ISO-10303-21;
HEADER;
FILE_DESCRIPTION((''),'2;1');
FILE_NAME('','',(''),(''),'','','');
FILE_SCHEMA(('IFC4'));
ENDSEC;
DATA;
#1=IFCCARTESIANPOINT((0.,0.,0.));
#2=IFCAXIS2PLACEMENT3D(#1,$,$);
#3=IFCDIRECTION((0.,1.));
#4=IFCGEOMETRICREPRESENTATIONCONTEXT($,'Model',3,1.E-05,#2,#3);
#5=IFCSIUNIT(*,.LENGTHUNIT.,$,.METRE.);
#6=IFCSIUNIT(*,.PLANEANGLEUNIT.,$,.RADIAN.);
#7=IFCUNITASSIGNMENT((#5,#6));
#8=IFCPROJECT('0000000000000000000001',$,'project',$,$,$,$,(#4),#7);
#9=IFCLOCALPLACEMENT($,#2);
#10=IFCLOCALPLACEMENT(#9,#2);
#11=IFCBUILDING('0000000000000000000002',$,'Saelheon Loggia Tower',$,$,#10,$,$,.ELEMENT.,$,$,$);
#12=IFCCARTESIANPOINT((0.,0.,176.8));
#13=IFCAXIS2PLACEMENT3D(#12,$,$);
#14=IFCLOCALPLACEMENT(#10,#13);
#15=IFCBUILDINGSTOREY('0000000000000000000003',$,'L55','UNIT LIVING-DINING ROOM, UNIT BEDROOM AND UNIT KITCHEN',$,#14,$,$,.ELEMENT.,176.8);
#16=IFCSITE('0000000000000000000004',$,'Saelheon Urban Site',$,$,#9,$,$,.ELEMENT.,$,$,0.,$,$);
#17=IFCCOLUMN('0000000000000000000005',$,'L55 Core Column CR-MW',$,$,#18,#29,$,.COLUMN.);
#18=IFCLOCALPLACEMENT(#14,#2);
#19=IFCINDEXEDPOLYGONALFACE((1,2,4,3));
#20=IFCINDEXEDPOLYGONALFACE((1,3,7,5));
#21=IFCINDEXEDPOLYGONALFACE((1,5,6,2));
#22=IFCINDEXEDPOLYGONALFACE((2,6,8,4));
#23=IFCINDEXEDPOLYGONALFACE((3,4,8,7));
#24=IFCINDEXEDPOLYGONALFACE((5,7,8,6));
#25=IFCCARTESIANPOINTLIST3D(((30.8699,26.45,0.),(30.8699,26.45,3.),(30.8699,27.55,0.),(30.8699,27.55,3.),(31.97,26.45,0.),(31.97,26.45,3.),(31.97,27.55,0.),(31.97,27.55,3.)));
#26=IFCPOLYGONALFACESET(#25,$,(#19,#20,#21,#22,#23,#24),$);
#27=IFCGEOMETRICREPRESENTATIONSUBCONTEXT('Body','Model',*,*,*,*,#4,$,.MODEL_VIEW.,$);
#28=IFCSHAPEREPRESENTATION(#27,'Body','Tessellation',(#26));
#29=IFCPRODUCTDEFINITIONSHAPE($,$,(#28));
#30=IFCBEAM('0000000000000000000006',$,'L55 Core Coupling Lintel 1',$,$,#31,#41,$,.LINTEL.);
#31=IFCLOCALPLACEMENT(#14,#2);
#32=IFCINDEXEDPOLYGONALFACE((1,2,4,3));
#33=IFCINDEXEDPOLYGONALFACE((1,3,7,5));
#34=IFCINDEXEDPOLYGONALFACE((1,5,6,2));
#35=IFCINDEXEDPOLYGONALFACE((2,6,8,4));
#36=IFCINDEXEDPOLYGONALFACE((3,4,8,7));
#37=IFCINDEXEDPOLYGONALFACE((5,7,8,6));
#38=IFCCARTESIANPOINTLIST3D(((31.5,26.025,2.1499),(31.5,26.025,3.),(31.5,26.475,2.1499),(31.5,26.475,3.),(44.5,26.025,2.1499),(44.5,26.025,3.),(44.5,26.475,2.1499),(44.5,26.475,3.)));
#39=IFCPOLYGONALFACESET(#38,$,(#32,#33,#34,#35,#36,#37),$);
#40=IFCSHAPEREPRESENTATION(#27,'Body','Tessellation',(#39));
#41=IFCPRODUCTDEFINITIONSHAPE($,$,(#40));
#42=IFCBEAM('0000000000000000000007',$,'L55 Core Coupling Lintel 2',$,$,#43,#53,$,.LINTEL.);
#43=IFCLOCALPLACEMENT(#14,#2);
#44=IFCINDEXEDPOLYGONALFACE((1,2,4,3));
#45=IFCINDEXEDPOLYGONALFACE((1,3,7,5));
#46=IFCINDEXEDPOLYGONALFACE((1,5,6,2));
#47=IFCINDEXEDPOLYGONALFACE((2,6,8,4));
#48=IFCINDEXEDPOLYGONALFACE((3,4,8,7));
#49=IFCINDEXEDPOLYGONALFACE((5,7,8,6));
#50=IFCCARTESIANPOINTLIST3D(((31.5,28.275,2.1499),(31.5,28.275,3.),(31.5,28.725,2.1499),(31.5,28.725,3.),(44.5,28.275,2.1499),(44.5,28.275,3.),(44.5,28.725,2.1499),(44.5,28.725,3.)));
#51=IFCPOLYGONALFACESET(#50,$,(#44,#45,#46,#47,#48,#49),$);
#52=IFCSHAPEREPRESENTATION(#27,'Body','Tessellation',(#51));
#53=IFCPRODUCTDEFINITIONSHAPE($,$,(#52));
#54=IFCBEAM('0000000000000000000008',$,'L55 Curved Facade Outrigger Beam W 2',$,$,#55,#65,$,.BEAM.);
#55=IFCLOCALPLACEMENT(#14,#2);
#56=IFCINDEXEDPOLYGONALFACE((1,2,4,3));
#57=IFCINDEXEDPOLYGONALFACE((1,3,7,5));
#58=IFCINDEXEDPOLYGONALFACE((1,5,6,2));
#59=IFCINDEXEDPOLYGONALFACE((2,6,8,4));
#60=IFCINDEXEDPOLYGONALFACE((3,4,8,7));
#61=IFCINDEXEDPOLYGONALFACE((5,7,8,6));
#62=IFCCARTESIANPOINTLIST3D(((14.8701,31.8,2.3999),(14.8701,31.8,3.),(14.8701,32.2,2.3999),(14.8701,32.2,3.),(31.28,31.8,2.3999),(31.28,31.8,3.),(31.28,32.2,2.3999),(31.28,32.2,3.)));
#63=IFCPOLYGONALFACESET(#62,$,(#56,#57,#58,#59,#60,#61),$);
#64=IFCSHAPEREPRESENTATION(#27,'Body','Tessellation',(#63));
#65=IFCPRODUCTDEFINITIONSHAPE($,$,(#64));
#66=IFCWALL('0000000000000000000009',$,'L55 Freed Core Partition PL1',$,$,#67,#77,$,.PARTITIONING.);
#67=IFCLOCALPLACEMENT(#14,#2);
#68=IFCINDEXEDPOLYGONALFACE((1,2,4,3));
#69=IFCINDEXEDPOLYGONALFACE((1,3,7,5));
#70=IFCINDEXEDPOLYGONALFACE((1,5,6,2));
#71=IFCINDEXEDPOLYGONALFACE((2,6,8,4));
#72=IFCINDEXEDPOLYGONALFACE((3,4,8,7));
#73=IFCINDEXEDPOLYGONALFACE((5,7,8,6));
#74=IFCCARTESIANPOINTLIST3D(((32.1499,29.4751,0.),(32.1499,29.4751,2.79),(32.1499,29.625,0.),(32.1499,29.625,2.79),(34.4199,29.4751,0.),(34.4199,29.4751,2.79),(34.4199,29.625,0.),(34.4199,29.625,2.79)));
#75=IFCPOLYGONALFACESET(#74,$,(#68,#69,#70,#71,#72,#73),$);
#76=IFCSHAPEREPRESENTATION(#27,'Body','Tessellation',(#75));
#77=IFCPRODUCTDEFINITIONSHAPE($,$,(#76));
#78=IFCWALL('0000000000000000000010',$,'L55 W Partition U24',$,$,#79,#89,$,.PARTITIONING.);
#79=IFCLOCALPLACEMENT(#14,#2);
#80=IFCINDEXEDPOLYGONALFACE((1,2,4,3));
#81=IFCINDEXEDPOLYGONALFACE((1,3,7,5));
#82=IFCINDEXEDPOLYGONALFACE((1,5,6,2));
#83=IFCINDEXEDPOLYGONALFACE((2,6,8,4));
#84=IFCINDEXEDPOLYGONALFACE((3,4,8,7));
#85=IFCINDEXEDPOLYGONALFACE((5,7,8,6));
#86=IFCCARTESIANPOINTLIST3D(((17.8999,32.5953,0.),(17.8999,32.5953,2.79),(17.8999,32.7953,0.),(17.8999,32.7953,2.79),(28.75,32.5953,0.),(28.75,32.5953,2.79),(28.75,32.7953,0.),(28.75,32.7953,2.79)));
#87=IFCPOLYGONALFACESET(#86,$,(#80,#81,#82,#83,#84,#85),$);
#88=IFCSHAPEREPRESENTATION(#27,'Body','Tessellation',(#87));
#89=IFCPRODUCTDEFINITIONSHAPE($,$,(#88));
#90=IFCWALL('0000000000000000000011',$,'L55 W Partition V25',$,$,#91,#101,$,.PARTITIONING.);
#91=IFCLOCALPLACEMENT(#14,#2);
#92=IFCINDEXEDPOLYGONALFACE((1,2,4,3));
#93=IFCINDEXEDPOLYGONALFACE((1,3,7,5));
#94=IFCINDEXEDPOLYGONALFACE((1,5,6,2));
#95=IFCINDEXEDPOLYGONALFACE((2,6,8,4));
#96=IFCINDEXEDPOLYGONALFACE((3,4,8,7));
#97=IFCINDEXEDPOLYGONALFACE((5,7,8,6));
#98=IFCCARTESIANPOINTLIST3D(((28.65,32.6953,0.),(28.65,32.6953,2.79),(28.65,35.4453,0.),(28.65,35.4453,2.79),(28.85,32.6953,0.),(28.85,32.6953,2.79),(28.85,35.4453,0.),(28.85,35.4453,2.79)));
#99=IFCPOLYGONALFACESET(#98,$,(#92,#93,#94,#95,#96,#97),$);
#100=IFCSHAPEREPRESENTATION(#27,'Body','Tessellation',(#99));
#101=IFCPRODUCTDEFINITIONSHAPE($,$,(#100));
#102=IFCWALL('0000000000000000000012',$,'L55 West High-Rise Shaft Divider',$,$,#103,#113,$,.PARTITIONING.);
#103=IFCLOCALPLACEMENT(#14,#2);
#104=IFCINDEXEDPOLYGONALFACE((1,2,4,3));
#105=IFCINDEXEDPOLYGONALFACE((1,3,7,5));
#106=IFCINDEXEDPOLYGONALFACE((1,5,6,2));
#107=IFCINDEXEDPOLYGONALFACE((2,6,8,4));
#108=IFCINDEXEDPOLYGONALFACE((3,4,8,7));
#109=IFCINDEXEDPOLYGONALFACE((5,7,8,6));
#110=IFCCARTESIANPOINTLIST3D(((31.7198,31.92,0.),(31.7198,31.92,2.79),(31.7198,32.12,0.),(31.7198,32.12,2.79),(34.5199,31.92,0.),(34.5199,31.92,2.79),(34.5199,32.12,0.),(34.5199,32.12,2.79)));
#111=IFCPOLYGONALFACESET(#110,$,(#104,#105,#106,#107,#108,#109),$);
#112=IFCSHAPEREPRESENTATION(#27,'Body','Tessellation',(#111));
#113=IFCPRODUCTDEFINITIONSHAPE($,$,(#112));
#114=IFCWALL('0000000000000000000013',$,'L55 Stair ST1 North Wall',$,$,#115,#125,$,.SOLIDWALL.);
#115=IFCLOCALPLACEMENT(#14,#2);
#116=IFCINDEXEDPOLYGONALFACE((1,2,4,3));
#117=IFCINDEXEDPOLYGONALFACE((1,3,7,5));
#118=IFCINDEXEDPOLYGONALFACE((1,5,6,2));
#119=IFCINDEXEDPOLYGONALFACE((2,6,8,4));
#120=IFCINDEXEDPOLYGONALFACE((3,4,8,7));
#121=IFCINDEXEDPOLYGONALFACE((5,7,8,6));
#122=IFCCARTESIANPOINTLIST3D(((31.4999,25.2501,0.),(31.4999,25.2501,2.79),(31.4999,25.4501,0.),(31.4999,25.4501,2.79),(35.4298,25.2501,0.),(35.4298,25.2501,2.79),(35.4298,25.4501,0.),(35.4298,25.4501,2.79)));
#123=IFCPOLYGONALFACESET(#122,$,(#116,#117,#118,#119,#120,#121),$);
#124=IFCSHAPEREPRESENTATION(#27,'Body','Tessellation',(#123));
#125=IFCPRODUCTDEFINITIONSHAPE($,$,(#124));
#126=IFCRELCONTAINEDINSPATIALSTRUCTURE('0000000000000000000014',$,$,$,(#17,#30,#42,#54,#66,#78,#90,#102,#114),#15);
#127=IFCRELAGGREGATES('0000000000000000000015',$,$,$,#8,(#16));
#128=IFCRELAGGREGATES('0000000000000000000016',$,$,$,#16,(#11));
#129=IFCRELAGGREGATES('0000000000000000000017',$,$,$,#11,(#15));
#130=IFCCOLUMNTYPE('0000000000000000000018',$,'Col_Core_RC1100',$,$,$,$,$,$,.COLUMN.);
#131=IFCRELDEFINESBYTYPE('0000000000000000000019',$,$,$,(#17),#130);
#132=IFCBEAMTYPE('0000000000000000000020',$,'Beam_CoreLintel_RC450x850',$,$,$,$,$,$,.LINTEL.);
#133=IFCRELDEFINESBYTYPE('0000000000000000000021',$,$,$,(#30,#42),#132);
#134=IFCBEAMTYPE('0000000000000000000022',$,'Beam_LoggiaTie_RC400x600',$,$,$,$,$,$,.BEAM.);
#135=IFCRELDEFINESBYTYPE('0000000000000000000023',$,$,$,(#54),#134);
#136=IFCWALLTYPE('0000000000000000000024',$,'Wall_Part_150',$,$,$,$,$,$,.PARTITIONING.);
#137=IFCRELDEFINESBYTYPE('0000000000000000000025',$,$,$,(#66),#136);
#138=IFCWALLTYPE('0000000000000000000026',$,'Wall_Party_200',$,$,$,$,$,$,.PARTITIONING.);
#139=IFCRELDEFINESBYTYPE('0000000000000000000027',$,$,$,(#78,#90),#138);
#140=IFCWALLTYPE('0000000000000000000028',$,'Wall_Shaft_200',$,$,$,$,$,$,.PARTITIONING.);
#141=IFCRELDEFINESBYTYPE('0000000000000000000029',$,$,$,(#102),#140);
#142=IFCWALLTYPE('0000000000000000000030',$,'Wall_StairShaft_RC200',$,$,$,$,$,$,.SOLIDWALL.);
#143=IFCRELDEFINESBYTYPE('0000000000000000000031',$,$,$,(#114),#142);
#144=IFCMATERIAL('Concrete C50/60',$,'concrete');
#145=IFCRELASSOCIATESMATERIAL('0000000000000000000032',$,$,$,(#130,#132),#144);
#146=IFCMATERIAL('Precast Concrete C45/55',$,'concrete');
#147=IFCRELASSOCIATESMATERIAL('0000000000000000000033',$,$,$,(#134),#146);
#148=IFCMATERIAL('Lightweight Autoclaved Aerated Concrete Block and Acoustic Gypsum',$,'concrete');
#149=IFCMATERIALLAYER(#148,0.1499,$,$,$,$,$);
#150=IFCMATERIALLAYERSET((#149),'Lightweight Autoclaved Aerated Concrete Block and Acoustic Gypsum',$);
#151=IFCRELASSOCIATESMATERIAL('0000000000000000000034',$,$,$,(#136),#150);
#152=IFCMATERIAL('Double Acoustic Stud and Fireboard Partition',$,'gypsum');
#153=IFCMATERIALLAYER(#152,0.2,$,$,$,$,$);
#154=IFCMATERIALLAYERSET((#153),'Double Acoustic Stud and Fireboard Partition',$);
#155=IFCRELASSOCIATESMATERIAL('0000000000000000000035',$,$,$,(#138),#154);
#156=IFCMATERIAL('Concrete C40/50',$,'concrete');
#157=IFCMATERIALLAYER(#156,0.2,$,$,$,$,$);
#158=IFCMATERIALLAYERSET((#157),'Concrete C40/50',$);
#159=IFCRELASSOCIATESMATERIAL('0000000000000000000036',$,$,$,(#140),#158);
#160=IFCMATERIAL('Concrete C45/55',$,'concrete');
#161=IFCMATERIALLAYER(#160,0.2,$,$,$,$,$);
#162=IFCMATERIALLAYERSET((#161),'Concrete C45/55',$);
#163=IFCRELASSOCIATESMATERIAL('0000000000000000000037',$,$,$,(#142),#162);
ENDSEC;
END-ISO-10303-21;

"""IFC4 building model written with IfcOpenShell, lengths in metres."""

from ifc_helpers import new_model, si_unit, direction, frame, frame_2d, origin, origin_2d, place, context, subcontext, project, spatial, rectangle, extrude, source, transform, mapped, material, layer, layer_set, material_profile, profile_set, type_object, element, save


model = new_model("IFC4")

# Units and contexts
model_context = context("Model", 3, precision=1e-05, world=origin(), true_north=direction((0.0, 1.0)))
body_context = subcontext(model_context, "Body", "Model", "MODEL_VIEW")
ifc_project = project(units=[si_unit("LENGTHUNIT", "METRE"), si_unit("PLANEANGLEUNIT", "RADIAN")], contexts=[model_context])

# Site, building, storey
site_placement = place(None, origin())
site = spatial("IfcSite", under=ifc_project, at=site_placement, Name="Saelheon Urban Site", CompositionType="ELEMENT", RefElevation=0.0)
building_placement = place(site_placement, origin())
building = spatial("IfcBuilding", under=site, at=building_placement, Name="Saelheon Loggia Tower", CompositionType="ELEMENT")
storey_placement = place(building_placement, frame((0.0, 0.0, 176.8)))
storey = spatial("IfcBuildingStorey", under=building, at=storey_placement, Name="L55", Description="UNIT LIVING-DINING ROOM, UNIT BEDROOM AND UNIT KITCHEN", CompositionType="ELEMENT", Elevation=176.8)

# Column
ifc_material_1 = material(Name="Concrete C50/60", Category="concrete")
ifc_material_profile_1 = material_profile(ifc_material_1, rectangle(XDim=1.1001, YDim=1.1001, at=origin_2d()), Name="RC-1100x1100")
ifc_profile_set_1 = profile_set([ifc_material_profile_1], Name="Concrete C50/60")
column_type = type_object("IfcColumnType", Name="Col_Core_RC1100", PredefinedType="COLUMN", material=ifc_profile_set_1)
shared_shape_1 = source(origin(), body_context, "Body", "SweptSolid", [
    extrude(rectangle(XDim=1.1001, YDim=1.1001, at=origin_2d()), origin(), (0.0, 0.0, 1.0), 3.0),
])
column_placement = place(storey_placement, frame((31.4199, 27.0, 0.0), z_axis=(0.0, 0.0, 1.0), x_axis=(1.0, 0.0, 0.0)))
element("IfcColumn", 1, at=column_placement, inside=storey, type_object=column_type, Name="L55 Core Column CR-MW", PredefinedType="COLUMN", context=body_context, shape_type="MappedRepresentation", body=[
    mapped(shared_shape_1, transform((0.0, 0.0, 0.0), scale=1.0)),
])

# Beams
ifc_material_profile_2 = material_profile(ifc_material_1, rectangle(XDim=0.45, YDim=0.8501, at=origin_2d()), Name="RC-450x850")
ifc_profile_set_2 = profile_set([ifc_material_profile_2], Name="Concrete C50/60")
beam_type_1 = type_object("IfcBeamType", Name="Beam_CoreLintel_RC450x850", PredefinedType="LINTEL", material=ifc_profile_set_2)
shared_shape_2 = source(origin(), body_context, "Body", "SweptSolid", [
    extrude(rectangle(XDim=0.45, YDim=0.8501, at=origin_2d()), origin(), (0.0, 0.0, 1.0), 13.0),
])
for number, where, z_axis, x_axis, name in (
    (2, (31.5, 26.25, 2.575), (1.0, 0.0, 0.0), (0.0, 1.0, 0.0), "L55 Core Coupling Lintel 1"),
    (3, (31.5, 28.5, 2.575), (1.0, 0.0, 0.0), (0.0, 1.0, 0.0), "L55 Core Coupling Lintel 2"),
):
    element("IfcBeam", number, at=place(storey_placement, frame(where, z_axis=z_axis, x_axis=x_axis)), inside=storey, type_object=beam_type_1, Name=name, PredefinedType="LINTEL", context=body_context, shape_type="MappedRepresentation", body=[
        mapped(shared_shape_2, transform((0.0, 0.0, 0.0), scale=1.0)),
    ])
ifc_material_2 = material(Name="Precast Concrete C45/55", Category="concrete")
ifc_material_profile_3 = material_profile(ifc_material_2, rectangle(XDim=0.3999, YDim=0.6001, at=origin_2d()), Name="RC-400x600")
ifc_profile_set_3 = profile_set([ifc_material_profile_3], Name="Precast Concrete C45/55")
beam_type_2 = type_object("IfcBeamType", Name="Beam_LoggiaTie_RC400x600", PredefinedType="BEAM", material=ifc_profile_set_3)
shared_shape_3 = source(origin(), body_context, "Body", "SweptSolid", [
    extrude(rectangle(XDim=0.3999, YDim=0.6001, at=origin_2d()), origin(), (0.0, 0.0, 1.0), 16.4099),
])
beam_placement = place(storey_placement, frame((31.28, 32.0, 2.7), z_axis=(-1.0, 0.0, 0.0), x_axis=(0.0, -1.0, 0.0)))
element("IfcBeam", 4, at=beam_placement, inside=storey, type_object=beam_type_2, Name="L55 Curved Facade Outrigger Beam W 2", PredefinedType="BEAM", context=body_context, shape_type="MappedRepresentation", body=[
    mapped(shared_shape_3, transform((0.0, 0.0, 0.0), scale=1.0)),
])

# Walls
ifc_material_3 = material(Name="Lightweight Autoclaved Aerated Concrete Block and Acoustic Gypsum", Category="concrete")
ifc_layer_1 = layer(ifc_material_3, 0.1499)
ifc_layer_set_1 = layer_set([ifc_layer_1], Name="Lightweight Autoclaved Aerated Concrete Block and Acoustic Gypsum")
wall_type_1 = type_object("IfcWallType", Name="Wall_Part_150", PredefinedType="PARTITIONING", material=ifc_layer_set_1)
wall_1_placement = place(storey_placement, frame((32.1499, 29.55, 0.0), z_axis=(0.0, 0.0, 1.0), x_axis=(1.0, 0.0, 0.0)))
element("IfcWall", 5, at=wall_1_placement, inside=storey, type_object=wall_type_1, Name="L55 Freed Core Partition PL1", PredefinedType="PARTITIONING", context=body_context, shape_type="SweptSolid", body=[
    extrude(rectangle(XDim=2.27, YDim=0.1499, at=frame_2d((1.135, 0.0))), origin(), (0.0, 0.0, 1.0), 2.79),
])
ifc_material_4 = material(Name="Double Acoustic Stud and Fireboard Partition", Category="gypsum")
ifc_layer_2 = layer(ifc_material_4, 0.2)
ifc_layer_set_2 = layer_set([ifc_layer_2], Name="Double Acoustic Stud and Fireboard Partition")
wall_type_2 = type_object("IfcWallType", Name="Wall_Party_200", PredefinedType="PARTITIONING", material=ifc_layer_set_2)
wall_2_placement = place(storey_placement, frame((28.75, 32.6953, 0.0), z_axis=(0.0, 0.0, 1.0), x_axis=(-1.0, 0.0, 0.0)))
element("IfcWall", 6, at=wall_2_placement, inside=storey, type_object=wall_type_2, Name="L55 W Partition U24", PredefinedType="PARTITIONING", context=body_context, shape_type="SweptSolid", body=[
    extrude(rectangle(XDim=10.8501, YDim=0.2, at=frame_2d((5.425, 0.0))), origin(), (0.0, 0.0, 1.0), 2.79),
])
wall_3_placement = place(storey_placement, frame((28.75, 32.6953, 0.0), z_axis=(0.0, 0.0, 1.0), x_axis=(0.0, 1.0, 0.0)))
element("IfcWall", 7, at=wall_3_placement, inside=storey, type_object=wall_type_2, Name="L55 W Partition V25", PredefinedType="PARTITIONING", context=body_context, shape_type="SweptSolid", body=[
    extrude(rectangle(XDim=2.75, YDim=0.2, at=frame_2d((1.375, 0.0))), origin(), (0.0, 0.0, 1.0), 2.79),
])

# Shared definitions
ifc_material_5 = material(Name="Concrete C40/50", Category="concrete")
ifc_layer_3 = layer(ifc_material_5, 0.2)
ifc_layer_set_3 = layer_set([ifc_layer_3], Name="Concrete C40/50")
wall_type_3 = type_object("IfcWallType", Name="Wall_Shaft_200", PredefinedType="PARTITIONING", material=ifc_layer_set_3)

# Walls
wall_4_placement = place(storey_placement, frame((31.72, 32.02, 0.0), z_axis=(0.0, 0.0, 1.0), x_axis=(1.0, 0.0, 0.0)))
element("IfcWall", 8, at=wall_4_placement, inside=storey, type_object=wall_type_3, Name="L55 West High-Rise Shaft Divider", PredefinedType="PARTITIONING", context=body_context, shape_type="SweptSolid", body=[
    extrude(rectangle(XDim=2.8, YDim=0.2, at=frame_2d((1.3999, 0.0))), origin(), (0.0, 0.0, 1.0), 2.79),
])
ifc_material_6 = material(Name="Concrete C45/55", Category="concrete")
ifc_layer_4 = layer(ifc_material_6, 0.2)
ifc_layer_set_4 = layer_set([ifc_layer_4], Name="Concrete C45/55")
wall_type_4 = type_object("IfcWallType", Name="Wall_StairShaft_RC200", PredefinedType="SOLIDWALL", material=ifc_layer_set_4)
wall_5_placement = place(storey_placement, frame((31.5, 25.3501, 0.0), z_axis=(0.0, 0.0, 1.0), x_axis=(1.0, 0.0, 0.0)))
element("IfcWall", 9, at=wall_5_placement, inside=storey, type_object=wall_type_4, Name="L55 Stair ST1 North Wall", PredefinedType="SOLIDWALL", context=body_context, shape_type="SweptSolid", body=[
    extrude(rectangle(XDim=3.9299, YDim=0.2, at=frame_2d((1.9648, 0.0))), origin(), (0.0, 0.0, 1.0), 2.79),
])

save(model, "model.ifc")
